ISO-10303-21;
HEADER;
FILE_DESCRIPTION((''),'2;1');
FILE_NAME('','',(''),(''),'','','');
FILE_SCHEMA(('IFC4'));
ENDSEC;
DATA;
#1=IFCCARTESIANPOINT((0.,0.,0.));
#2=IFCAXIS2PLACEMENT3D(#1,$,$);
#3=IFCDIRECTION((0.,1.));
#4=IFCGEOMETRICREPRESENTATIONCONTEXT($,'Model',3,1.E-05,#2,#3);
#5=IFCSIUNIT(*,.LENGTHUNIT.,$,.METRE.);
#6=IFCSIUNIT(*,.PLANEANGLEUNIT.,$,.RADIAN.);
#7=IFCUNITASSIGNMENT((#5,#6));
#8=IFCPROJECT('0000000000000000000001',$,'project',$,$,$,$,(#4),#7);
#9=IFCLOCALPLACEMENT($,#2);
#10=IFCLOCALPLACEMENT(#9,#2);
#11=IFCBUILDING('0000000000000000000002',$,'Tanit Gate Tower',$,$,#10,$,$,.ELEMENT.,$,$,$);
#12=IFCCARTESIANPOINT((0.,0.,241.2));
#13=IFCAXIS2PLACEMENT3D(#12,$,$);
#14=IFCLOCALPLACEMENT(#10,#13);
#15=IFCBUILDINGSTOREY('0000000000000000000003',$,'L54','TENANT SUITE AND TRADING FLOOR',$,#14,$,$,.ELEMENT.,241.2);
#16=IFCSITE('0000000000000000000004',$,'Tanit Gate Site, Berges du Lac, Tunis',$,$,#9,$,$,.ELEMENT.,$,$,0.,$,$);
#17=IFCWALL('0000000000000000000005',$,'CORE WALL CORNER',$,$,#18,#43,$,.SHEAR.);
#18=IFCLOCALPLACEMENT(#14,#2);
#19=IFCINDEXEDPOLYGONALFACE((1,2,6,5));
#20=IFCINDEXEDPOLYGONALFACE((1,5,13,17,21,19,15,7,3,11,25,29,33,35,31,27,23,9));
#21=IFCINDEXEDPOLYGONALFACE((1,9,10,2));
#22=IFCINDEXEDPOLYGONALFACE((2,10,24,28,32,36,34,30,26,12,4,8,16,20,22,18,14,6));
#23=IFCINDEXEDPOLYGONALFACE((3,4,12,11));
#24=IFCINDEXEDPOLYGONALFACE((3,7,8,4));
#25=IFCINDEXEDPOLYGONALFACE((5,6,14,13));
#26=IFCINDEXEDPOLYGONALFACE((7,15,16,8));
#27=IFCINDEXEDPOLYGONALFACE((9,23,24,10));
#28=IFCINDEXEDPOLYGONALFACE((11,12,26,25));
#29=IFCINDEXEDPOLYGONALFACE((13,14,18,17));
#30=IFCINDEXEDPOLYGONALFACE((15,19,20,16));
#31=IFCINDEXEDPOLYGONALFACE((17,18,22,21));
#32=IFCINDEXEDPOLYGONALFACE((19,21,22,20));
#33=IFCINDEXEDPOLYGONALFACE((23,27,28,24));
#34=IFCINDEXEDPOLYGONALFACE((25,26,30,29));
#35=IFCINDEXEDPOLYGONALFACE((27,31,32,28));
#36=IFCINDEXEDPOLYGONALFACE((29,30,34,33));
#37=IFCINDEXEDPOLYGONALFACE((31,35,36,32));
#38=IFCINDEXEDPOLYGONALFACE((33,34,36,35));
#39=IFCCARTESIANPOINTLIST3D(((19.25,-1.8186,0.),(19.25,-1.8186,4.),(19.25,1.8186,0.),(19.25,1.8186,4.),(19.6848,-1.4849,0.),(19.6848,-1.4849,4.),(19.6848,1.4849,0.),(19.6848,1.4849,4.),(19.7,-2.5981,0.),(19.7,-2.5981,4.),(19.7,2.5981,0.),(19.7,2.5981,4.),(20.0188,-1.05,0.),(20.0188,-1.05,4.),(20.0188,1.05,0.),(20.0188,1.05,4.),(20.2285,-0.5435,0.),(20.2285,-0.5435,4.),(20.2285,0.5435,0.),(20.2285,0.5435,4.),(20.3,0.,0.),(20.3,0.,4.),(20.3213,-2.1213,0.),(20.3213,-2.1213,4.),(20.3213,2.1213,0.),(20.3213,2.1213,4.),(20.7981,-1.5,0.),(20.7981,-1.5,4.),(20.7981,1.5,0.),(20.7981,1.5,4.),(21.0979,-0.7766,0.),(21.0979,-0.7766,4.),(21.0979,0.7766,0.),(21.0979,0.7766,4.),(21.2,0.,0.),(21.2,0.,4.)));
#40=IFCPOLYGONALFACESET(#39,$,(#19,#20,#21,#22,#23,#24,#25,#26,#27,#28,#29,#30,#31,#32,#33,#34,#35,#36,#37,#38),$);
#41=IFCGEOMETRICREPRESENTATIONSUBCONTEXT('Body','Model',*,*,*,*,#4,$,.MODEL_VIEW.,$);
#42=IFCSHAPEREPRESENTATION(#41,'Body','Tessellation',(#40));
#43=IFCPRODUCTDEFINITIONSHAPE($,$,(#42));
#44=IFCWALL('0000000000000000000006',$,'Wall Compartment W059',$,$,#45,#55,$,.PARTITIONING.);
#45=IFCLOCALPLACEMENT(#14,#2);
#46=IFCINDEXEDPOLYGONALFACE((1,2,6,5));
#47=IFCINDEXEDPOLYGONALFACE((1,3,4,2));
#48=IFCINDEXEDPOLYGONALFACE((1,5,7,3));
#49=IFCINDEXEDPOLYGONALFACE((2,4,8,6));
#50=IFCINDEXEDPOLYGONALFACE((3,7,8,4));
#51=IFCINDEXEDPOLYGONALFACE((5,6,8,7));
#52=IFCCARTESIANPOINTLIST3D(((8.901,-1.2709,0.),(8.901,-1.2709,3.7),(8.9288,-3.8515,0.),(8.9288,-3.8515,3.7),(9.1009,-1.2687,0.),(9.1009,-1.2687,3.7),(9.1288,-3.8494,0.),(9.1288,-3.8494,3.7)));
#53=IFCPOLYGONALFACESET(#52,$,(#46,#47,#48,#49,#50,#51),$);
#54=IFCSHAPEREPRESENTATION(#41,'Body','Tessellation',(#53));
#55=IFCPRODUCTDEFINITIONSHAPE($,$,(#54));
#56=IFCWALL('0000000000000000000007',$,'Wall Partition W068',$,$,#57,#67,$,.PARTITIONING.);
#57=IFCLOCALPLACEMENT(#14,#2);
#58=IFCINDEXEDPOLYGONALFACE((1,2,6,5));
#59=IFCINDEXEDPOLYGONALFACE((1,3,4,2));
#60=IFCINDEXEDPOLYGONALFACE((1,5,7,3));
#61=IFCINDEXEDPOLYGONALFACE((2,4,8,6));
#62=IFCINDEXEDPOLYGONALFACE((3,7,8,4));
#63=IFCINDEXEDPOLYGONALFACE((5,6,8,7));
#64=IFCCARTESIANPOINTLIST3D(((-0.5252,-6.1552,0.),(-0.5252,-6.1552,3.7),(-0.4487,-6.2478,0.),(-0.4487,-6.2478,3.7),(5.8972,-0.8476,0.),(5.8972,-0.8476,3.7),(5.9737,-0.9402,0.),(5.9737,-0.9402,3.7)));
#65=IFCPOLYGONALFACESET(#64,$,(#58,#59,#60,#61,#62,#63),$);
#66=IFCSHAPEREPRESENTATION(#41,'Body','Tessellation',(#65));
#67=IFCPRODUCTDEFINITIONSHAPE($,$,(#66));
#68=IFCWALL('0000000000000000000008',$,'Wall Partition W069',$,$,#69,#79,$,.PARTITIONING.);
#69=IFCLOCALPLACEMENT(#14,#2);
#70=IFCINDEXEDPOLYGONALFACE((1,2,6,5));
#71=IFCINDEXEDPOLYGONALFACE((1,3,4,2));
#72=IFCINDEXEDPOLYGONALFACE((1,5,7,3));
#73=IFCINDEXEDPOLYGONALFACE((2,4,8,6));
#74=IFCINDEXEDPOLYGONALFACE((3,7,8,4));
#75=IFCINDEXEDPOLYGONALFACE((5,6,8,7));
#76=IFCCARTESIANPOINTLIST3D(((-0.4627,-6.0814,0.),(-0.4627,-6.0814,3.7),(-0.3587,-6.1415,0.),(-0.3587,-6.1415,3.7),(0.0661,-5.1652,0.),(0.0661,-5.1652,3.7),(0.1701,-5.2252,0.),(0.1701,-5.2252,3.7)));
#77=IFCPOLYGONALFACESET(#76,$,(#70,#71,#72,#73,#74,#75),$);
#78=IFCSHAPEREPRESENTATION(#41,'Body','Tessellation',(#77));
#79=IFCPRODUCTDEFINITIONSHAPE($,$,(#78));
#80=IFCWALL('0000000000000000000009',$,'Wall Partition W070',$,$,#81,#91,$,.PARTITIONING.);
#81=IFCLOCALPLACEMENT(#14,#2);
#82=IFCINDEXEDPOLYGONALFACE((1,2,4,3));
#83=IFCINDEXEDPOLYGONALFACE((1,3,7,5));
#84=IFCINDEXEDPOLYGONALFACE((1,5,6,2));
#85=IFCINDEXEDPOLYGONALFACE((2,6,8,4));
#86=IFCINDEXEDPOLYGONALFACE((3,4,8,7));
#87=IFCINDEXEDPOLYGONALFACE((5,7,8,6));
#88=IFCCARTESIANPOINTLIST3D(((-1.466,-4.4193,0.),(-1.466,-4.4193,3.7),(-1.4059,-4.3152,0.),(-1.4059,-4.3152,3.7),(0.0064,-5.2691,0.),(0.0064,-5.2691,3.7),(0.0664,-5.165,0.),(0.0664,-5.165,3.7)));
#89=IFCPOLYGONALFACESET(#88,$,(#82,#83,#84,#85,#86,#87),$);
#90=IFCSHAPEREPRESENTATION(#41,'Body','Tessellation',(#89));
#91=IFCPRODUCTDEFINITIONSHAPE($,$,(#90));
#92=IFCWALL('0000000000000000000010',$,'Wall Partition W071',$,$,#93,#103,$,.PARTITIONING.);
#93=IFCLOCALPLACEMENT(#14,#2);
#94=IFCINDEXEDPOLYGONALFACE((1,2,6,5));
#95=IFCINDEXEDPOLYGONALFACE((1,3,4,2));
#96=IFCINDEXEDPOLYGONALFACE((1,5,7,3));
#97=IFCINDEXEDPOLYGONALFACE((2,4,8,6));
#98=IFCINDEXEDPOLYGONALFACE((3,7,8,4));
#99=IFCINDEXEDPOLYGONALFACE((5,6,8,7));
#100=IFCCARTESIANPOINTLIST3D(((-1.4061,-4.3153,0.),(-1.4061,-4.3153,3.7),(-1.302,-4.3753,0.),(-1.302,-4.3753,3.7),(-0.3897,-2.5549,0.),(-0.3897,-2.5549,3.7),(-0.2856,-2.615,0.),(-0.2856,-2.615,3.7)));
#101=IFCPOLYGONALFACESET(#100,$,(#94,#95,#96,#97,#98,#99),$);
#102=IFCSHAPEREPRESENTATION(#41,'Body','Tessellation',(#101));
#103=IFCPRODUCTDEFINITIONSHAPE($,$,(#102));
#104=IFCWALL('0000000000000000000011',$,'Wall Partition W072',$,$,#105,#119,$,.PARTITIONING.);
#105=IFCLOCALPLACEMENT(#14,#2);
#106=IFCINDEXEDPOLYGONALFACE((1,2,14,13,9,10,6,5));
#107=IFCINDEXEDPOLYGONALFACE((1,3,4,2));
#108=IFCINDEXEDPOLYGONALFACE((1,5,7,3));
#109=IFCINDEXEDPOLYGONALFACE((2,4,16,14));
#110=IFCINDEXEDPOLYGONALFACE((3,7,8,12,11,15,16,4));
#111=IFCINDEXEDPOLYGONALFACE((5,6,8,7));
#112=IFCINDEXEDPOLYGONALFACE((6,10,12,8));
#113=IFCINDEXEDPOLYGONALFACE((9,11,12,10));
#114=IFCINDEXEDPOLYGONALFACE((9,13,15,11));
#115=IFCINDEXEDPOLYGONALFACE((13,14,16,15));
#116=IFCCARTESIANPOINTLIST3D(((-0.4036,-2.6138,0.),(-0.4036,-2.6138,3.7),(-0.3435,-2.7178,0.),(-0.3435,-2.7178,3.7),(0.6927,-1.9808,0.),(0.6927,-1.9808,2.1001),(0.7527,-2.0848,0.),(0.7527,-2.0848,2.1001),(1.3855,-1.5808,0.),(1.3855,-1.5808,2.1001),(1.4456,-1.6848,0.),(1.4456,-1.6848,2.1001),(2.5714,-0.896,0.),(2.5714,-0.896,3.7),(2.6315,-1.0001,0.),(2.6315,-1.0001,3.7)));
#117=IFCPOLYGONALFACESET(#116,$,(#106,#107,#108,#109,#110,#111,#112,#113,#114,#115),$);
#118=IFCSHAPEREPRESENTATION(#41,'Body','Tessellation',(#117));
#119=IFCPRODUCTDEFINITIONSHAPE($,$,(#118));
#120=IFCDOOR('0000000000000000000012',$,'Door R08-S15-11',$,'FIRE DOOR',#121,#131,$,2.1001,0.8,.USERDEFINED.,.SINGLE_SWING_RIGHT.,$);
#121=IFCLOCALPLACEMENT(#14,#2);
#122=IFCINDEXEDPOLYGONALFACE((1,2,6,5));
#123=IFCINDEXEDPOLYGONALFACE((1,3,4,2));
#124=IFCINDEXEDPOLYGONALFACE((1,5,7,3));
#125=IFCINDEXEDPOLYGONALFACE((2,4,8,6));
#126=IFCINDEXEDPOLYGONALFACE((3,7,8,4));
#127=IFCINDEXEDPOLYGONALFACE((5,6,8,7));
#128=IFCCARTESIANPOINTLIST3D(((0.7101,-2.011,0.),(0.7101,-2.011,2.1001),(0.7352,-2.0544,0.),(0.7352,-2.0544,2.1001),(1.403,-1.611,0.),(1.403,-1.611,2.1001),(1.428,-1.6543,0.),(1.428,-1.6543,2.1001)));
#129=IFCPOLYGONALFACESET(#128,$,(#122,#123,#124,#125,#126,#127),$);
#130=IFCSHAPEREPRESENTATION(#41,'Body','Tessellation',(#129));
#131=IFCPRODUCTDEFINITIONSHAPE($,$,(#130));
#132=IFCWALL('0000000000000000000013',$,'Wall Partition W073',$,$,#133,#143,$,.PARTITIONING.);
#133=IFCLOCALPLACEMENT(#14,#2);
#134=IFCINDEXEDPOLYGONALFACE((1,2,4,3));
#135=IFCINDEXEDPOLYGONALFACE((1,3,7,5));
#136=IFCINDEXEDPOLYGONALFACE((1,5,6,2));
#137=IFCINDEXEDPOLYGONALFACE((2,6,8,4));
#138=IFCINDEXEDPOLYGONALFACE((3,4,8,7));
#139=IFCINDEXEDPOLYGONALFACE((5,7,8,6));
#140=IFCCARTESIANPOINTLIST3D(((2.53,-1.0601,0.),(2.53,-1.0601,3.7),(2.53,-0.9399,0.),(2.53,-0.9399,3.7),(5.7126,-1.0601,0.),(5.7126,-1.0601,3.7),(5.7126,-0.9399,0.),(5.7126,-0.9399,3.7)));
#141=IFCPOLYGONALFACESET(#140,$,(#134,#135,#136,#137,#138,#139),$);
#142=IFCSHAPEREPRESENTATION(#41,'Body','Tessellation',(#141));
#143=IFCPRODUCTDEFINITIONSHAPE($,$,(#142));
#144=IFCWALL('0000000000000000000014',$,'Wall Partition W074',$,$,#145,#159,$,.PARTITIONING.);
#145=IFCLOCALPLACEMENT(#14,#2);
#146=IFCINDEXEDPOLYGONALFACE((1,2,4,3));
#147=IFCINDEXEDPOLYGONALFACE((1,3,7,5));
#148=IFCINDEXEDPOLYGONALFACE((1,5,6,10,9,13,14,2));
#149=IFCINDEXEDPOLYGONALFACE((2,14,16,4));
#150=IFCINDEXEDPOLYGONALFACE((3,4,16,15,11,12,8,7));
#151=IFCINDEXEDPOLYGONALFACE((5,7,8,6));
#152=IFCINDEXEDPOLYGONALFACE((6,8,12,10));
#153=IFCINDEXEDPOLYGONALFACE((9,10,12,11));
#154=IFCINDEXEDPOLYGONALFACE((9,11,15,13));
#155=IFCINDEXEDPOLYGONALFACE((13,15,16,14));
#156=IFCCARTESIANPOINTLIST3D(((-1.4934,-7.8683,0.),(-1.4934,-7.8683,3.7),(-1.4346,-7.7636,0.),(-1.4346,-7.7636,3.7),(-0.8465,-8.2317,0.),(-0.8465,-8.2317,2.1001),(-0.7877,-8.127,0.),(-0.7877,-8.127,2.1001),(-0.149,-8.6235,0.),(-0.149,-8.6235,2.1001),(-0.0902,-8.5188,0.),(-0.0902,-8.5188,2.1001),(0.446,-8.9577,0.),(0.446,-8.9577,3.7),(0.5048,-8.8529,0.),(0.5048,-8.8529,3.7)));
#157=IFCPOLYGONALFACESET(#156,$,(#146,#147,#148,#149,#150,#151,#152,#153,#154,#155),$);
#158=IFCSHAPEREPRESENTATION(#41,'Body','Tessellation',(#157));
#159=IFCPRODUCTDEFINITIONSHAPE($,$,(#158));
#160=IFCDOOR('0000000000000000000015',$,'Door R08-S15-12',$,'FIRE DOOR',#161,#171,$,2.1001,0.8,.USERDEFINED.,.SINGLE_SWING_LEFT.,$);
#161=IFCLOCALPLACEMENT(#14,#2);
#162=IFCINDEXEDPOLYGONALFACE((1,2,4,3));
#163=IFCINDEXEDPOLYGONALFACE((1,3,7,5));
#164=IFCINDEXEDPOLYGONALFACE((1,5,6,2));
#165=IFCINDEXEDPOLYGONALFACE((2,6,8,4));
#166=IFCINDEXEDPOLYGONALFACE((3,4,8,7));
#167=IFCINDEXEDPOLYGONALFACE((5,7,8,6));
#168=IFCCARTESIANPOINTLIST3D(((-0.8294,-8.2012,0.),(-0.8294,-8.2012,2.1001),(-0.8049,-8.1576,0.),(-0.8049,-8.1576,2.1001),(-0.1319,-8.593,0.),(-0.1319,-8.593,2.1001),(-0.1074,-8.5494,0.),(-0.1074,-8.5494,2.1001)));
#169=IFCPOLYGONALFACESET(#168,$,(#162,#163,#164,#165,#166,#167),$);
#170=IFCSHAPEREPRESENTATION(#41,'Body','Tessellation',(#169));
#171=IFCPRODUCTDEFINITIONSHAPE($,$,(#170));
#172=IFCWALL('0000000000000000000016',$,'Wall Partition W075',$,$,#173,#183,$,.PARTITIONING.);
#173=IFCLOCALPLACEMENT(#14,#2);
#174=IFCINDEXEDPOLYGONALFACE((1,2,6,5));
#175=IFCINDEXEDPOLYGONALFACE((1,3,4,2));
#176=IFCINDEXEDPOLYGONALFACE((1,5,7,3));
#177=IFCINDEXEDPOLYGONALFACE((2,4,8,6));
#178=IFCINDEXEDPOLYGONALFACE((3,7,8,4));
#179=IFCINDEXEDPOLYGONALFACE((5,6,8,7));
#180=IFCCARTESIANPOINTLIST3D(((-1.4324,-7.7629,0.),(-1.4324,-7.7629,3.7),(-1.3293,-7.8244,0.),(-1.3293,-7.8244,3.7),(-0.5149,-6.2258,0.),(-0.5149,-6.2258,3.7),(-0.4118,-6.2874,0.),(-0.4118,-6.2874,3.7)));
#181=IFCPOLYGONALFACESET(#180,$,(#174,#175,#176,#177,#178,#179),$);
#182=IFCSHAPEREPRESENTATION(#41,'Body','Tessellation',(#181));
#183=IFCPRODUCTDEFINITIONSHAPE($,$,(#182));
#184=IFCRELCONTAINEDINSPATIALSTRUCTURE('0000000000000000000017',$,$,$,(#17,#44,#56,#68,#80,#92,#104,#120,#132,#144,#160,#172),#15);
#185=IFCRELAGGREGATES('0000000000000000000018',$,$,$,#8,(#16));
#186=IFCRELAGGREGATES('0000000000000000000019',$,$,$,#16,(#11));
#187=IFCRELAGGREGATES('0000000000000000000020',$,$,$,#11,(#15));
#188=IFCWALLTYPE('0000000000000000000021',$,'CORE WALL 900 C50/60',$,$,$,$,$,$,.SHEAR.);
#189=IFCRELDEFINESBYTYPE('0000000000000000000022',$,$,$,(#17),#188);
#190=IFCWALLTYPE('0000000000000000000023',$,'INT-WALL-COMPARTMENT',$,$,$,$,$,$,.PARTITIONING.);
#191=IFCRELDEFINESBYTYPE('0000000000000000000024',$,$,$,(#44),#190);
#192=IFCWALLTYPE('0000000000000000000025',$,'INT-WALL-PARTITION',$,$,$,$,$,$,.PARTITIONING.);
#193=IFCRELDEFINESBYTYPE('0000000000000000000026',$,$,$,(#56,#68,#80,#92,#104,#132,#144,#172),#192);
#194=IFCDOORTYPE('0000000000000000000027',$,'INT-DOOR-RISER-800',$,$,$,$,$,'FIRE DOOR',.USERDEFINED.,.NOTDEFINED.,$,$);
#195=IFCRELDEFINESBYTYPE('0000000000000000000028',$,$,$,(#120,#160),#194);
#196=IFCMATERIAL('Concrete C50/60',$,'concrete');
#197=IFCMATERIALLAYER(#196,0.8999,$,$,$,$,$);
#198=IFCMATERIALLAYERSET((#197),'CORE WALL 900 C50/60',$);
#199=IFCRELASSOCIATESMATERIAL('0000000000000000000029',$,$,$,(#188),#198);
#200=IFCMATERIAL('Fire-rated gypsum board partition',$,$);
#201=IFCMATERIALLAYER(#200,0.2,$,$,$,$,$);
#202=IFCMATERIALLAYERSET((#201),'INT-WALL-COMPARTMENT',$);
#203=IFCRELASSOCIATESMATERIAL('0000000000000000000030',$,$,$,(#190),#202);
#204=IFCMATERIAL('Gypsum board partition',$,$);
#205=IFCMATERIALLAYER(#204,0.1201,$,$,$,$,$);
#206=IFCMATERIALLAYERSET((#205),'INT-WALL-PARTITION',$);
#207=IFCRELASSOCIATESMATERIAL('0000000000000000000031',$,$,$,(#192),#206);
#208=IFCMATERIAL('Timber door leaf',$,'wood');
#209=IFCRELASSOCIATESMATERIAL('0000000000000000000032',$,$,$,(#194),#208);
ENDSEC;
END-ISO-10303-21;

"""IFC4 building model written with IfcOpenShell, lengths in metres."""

from ifc_helpers import new_model, si_unit, direction, frame, frame_2d, origin, place, context, subcontext, project, spatial, polyline, rectangle, outline, extrude, material, layer, layer_set, type_object, element, fill, save


model = new_model("IFC4")

# Units and contexts
model_context = context("Model", 3, precision=1e-05, world=origin(), true_north=direction((0.0, 1.0)))
body_context = subcontext(model_context, "Body", "Model", "MODEL_VIEW")
ifc_project = project(units=[si_unit("LENGTHUNIT", "METRE"), si_unit("PLANEANGLEUNIT", "RADIAN")], contexts=[model_context])

# Site, building, storey
site_placement = place(None, origin())
site = spatial("IfcSite", under=ifc_project, at=site_placement, Name="Tanit Gate Site, Berges du Lac, Tunis", CompositionType="ELEMENT", RefElevation=0.0)
building_placement = place(site_placement, origin())
building = spatial("IfcBuilding", under=site, at=building_placement, Name="Tanit Gate Tower", CompositionType="ELEMENT")
storey_placement = place(building_placement, frame((0.0, 0.0, 241.2)))
storey = spatial("IfcBuildingStorey", under=building, at=storey_placement, Name="L54", Description="TENANT SUITE AND TRADING FLOOR", CompositionType="ELEMENT", Elevation=241.2)

# Walls
ifc_material_1 = material(Name="Concrete C50/60", Category="concrete")
ifc_layer_1 = layer(ifc_material_1, 0.8999)
ifc_layer_set_1 = layer_set([ifc_layer_1], Name="CORE WALL 900 C50/60")
wall_type_1 = type_object("IfcWallType", Name="CORE WALL 900 C50/60", PredefinedType="SHEAR", material=ifc_layer_set_1)
wall_1_placement = place(storey_placement, origin())
element("IfcWall", 1, at=wall_1_placement, inside=storey, type_object=wall_type_1, Name="CORE WALL CORNER", PredefinedType="SHEAR", context=body_context, shape_type="SweptSolid", body=[
    extrude(outline(polyline([(19.7, -2.5981), (20.3213, -2.1213), (20.7981, -1.5), (21.0979, -0.7766), (21.2, 0.0), (21.0979, 0.7766), (20.7981, 1.5), (20.3213, 2.1213), (19.7, 2.5981), (19.25, 1.8186), (19.6848, 1.4849), (20.0188, 1.05), (20.2285, 0.5435), (20.3, 0.0), (20.2285, -0.5435), (20.0188, -1.05), (19.6848, -1.4849), (19.25, -1.8186), (19.7, -2.5981)])), origin(), (0.0, 0.0, 1.0), 4.0),
])
ifc_material_2 = material(Name="Fire-rated gypsum board partition")
ifc_layer_2 = layer(ifc_material_2, 0.2)
ifc_layer_set_2 = layer_set([ifc_layer_2], Name="INT-WALL-COMPARTMENT")
wall_type_2 = type_object("IfcWallType", Name="INT-WALL-COMPARTMENT", PredefinedType="PARTITIONING", material=ifc_layer_set_2)
wall_2_placement = place(storey_placement, frame((9.0288, -3.8506, 0.0), z_axis=(0.0, 0.0, 1.0), x_axis=(-0.010785, 0.999942, 0.0)))
element("IfcWall", 2, at=wall_2_placement, inside=storey, type_object=wall_type_2, Name="Wall Compartment W059", PredefinedType="PARTITIONING", context=body_context, shape_type="SweptSolid", body=[
    extrude(rectangle(XDim=2.5808, YDim=0.2, at=frame_2d((1.2905, 0.0))), origin(), (0.0, 0.0, 1.0), 3.7),
])
ifc_material_3 = material(Name="Gypsum board partition")
ifc_layer_3 = layer(ifc_material_3, 0.1201)
ifc_layer_set_3 = layer_set([ifc_layer_3], Name="INT-WALL-PARTITION")
wall_type_3 = type_object("IfcWallType", Name="INT-WALL-PARTITION", PredefinedType="PARTITIONING", material=ifc_layer_set_3)
wall_3_placement = place(storey_placement, frame((5.9355, -0.8938, 0.0), z_axis=(0.0, 0.0, 1.0), x_axis=(-0.770833, -0.637037, 0.0)))
element("IfcWall", 3, at=wall_3_placement, inside=storey, type_object=wall_type_3, Name="Wall Partition W068", PredefinedType="PARTITIONING", context=body_context, shape_type="SweptSolid", body=[
    extrude(rectangle(XDim=8.3318, YDim=0.1201, at=frame_2d((4.166, 0.0))), origin(), (0.0, 0.0, 1.0), 3.7),
])
wall_4_placement = place(storey_placement, frame((-0.4106, -6.1113, 0.0), z_axis=(0.0, 0.0, 1.0), x_axis=(0.499862, 0.866105, 0.0)))
element("IfcWall", 4, at=wall_4_placement, inside=storey, type_object=wall_type_3, Name="Wall Partition W069", PredefinedType="PARTITIONING", context=body_context, shape_type="SweptSolid", body=[
    extrude(rectangle(XDim=1.0579, YDim=0.1201, at=frame_2d((0.5288, 0.0))), origin(), (0.0, 0.0, 1.0), 3.7),
])
wall_5_placement = place(storey_placement, frame((-1.436, -4.3672, 0.0), z_axis=(0.0, 0.0, 1.0), x_axis=(0.866088, -0.499892, 0.0)))
element("IfcWall", 5, at=wall_5_placement, inside=storey, type_object=wall_type_3, Name="Wall Partition W070", PredefinedType="PARTITIONING", context=body_context, shape_type="SweptSolid", body=[
    extrude(rectangle(XDim=1.7, YDim=0.1201, at=frame_2d((0.8501, 0.0))), origin(), (0.0, 0.0, 1.0), 3.7),
])
wall_6_placement = place(storey_placement, frame((-0.3376, -2.585, 0.0), z_axis=(0.0, 0.0, 1.0), x_axis=(-0.500027, -0.86601, 0.0)))
element("IfcWall", 6, at=wall_6_placement, inside=storey, type_object=wall_type_3, Name="Wall Partition W071", PredefinedType="PARTITIONING", context=body_context, shape_type="SweptSolid", body=[
    extrude(rectangle(XDim=2.0327, YDim=0.1201, at=frame_2d((1.0164, 0.0))), origin(), (0.0, 0.0, 1.0), 3.7),
])

# Wall, opening, door
wall_7_placement = place(storey_placement, frame((2.6016, -0.948, 0.0), z_axis=(0.0, 0.0, 1.0), x_axis=(-0.866013, -0.500022, 0.0)))
wall_7 = element("IfcWall", 7, at=wall_7_placement, inside=storey, type_object=wall_type_3, Name="Wall Partition W072", PredefinedType="PARTITIONING", context=body_context, shape_type="SweptSolid", body=[
    extrude(rectangle(XDim=3.4353, YDim=0.1201, at=frame_2d((1.7178, 0.0))), origin(), (0.0, 0.0, 1.0), 3.7),
])
opening_1_placement = place(wall_7_placement, frame((1.3696, 0.0, 0.0)))
opening_1 = element("IfcOpeningElement", 8, at=opening_1_placement, cuts=wall_7, PredefinedType="OPENING", context=body_context, shape_type="SweptSolid", body=[
    extrude(rectangle(XDim=0.8, YDim=2.1001, at=frame_2d((0.3999, 1.05))), frame((0.0, 0.0701, 0.0), z_axis=(0.0, -1.0, 0.0), x_axis=(1.0, 0.0, 0.0)), (0.0, 0.0, 1.0), 0.1401),
])
ifc_material_4 = material(Name="Timber door leaf", Category="wood")
door_type = type_object("IfcDoorType", Name="INT-DOOR-RISER-800", ElementType="FIRE DOOR", OperationType="NOTDEFINED", PredefinedType="USERDEFINED", material=ifc_material_4)
door_1_placement = place(opening_1_placement, origin())
door_1 = element("IfcDoor", 9, at=door_1_placement, inside=storey, type_object=door_type, Name="Door R08-S15-11", ObjectType="FIRE DOOR", OperationType="SINGLE_SWING_RIGHT", OverallHeight=2.1001, OverallWidth=0.8, PredefinedType="USERDEFINED", context=body_context, shape_type="SweptSolid", body=[
    extrude(rectangle(XDim=0.8, YDim=2.1001, at=frame_2d((0.3999, 1.05))), frame((0.0, 0.0249, 0.0), z_axis=(0.0, -1.0, 0.0), x_axis=(1.0, 0.0, 0.0)), (0.0, 0.0, 1.0), 0.05),
])
fill(opening_1, door_1)

# Wall
wall_8_placement = place(storey_placement, frame((5.7126, -1.0, 0.0), z_axis=(0.0, 0.0, 1.0), x_axis=(-1.0, 0.0, 0.0)))
element("IfcWall", 10, at=wall_8_placement, inside=storey, type_object=wall_type_3, Name="Wall Partition W073", PredefinedType="PARTITIONING", context=body_context, shape_type="SweptSolid", body=[
    extrude(rectangle(XDim=3.1826, YDim=0.1201, at=frame_2d((1.5913, 0.0))), origin(), (0.0, 0.0, 1.0), 3.7),
])

# Wall, opening, door
wall_9_placement = place(storey_placement, frame((-1.4641, -7.8159, 0.0), z_axis=(0.0, 0.0, 1.0), x_axis=(0.87188, -0.489719, 0.0)))
wall_9 = element("IfcWall", 11, at=wall_9_placement, inside=storey, type_object=wall_type_3, Name="Wall Partition W074", PredefinedType="PARTITIONING", context=body_context, shape_type="SweptSolid", body=[
    extrude(rectangle(XDim=2.2244, YDim=0.1201, at=frame_2d((1.1123, 0.0))), origin(), (0.0, 0.0, 1.0), 3.7),
])
opening_2_placement = place(wall_9_placement, frame((0.7422, 0.0, 0.0)))
opening_2 = element("IfcOpeningElement", 12, at=opening_2_placement, cuts=wall_9, PredefinedType="OPENING", context=body_context, shape_type="SweptSolid", body=[
    extrude(rectangle(XDim=0.8, YDim=2.1001, at=frame_2d((0.3999, 1.05))), frame((0.0, 0.0701, 0.0), z_axis=(0.0, -1.0, 0.0), x_axis=(1.0, 0.0, 0.0)), (0.0, 0.0, 1.0), 0.1401),
])
door_2_placement = place(opening_2_placement, origin())
door_2 = element("IfcDoor", 13, at=door_2_placement, inside=storey, type_object=door_type, Name="Door R08-S15-12", ObjectType="FIRE DOOR", OperationType="SINGLE_SWING_LEFT", OverallHeight=2.1001, OverallWidth=0.8, PredefinedType="USERDEFINED", context=body_context, shape_type="SweptSolid", body=[
    extrude(rectangle(XDim=0.8, YDim=2.1001, at=frame_2d((0.3999, 1.05))), frame((0.0, 0.0249, 0.0), z_axis=(0.0, -1.0, 0.0), x_axis=(1.0, 0.0, 0.0)), (0.0, 0.0, 1.0), 0.05),
])
fill(opening_2, door_2)

# Wall
wall_10_placement = place(storey_placement, frame((-0.4634, -6.2566, 0.0), z_axis=(0.0, 0.0, 1.0), x_axis=(-0.512529, -0.85867, 0.0)))
element("IfcWall", 14, at=wall_10_placement, inside=storey, type_object=wall_type_3, Name="Wall Partition W075", PredefinedType="PARTITIONING", context=body_context, shape_type="SweptSolid", body=[
    extrude(rectangle(XDim=1.79, YDim=0.1201, at=frame_2d((0.895, 0.0))), origin(), (0.0, 0.0, 1.0), 3.7),
])

save(model, "model.ifc")
